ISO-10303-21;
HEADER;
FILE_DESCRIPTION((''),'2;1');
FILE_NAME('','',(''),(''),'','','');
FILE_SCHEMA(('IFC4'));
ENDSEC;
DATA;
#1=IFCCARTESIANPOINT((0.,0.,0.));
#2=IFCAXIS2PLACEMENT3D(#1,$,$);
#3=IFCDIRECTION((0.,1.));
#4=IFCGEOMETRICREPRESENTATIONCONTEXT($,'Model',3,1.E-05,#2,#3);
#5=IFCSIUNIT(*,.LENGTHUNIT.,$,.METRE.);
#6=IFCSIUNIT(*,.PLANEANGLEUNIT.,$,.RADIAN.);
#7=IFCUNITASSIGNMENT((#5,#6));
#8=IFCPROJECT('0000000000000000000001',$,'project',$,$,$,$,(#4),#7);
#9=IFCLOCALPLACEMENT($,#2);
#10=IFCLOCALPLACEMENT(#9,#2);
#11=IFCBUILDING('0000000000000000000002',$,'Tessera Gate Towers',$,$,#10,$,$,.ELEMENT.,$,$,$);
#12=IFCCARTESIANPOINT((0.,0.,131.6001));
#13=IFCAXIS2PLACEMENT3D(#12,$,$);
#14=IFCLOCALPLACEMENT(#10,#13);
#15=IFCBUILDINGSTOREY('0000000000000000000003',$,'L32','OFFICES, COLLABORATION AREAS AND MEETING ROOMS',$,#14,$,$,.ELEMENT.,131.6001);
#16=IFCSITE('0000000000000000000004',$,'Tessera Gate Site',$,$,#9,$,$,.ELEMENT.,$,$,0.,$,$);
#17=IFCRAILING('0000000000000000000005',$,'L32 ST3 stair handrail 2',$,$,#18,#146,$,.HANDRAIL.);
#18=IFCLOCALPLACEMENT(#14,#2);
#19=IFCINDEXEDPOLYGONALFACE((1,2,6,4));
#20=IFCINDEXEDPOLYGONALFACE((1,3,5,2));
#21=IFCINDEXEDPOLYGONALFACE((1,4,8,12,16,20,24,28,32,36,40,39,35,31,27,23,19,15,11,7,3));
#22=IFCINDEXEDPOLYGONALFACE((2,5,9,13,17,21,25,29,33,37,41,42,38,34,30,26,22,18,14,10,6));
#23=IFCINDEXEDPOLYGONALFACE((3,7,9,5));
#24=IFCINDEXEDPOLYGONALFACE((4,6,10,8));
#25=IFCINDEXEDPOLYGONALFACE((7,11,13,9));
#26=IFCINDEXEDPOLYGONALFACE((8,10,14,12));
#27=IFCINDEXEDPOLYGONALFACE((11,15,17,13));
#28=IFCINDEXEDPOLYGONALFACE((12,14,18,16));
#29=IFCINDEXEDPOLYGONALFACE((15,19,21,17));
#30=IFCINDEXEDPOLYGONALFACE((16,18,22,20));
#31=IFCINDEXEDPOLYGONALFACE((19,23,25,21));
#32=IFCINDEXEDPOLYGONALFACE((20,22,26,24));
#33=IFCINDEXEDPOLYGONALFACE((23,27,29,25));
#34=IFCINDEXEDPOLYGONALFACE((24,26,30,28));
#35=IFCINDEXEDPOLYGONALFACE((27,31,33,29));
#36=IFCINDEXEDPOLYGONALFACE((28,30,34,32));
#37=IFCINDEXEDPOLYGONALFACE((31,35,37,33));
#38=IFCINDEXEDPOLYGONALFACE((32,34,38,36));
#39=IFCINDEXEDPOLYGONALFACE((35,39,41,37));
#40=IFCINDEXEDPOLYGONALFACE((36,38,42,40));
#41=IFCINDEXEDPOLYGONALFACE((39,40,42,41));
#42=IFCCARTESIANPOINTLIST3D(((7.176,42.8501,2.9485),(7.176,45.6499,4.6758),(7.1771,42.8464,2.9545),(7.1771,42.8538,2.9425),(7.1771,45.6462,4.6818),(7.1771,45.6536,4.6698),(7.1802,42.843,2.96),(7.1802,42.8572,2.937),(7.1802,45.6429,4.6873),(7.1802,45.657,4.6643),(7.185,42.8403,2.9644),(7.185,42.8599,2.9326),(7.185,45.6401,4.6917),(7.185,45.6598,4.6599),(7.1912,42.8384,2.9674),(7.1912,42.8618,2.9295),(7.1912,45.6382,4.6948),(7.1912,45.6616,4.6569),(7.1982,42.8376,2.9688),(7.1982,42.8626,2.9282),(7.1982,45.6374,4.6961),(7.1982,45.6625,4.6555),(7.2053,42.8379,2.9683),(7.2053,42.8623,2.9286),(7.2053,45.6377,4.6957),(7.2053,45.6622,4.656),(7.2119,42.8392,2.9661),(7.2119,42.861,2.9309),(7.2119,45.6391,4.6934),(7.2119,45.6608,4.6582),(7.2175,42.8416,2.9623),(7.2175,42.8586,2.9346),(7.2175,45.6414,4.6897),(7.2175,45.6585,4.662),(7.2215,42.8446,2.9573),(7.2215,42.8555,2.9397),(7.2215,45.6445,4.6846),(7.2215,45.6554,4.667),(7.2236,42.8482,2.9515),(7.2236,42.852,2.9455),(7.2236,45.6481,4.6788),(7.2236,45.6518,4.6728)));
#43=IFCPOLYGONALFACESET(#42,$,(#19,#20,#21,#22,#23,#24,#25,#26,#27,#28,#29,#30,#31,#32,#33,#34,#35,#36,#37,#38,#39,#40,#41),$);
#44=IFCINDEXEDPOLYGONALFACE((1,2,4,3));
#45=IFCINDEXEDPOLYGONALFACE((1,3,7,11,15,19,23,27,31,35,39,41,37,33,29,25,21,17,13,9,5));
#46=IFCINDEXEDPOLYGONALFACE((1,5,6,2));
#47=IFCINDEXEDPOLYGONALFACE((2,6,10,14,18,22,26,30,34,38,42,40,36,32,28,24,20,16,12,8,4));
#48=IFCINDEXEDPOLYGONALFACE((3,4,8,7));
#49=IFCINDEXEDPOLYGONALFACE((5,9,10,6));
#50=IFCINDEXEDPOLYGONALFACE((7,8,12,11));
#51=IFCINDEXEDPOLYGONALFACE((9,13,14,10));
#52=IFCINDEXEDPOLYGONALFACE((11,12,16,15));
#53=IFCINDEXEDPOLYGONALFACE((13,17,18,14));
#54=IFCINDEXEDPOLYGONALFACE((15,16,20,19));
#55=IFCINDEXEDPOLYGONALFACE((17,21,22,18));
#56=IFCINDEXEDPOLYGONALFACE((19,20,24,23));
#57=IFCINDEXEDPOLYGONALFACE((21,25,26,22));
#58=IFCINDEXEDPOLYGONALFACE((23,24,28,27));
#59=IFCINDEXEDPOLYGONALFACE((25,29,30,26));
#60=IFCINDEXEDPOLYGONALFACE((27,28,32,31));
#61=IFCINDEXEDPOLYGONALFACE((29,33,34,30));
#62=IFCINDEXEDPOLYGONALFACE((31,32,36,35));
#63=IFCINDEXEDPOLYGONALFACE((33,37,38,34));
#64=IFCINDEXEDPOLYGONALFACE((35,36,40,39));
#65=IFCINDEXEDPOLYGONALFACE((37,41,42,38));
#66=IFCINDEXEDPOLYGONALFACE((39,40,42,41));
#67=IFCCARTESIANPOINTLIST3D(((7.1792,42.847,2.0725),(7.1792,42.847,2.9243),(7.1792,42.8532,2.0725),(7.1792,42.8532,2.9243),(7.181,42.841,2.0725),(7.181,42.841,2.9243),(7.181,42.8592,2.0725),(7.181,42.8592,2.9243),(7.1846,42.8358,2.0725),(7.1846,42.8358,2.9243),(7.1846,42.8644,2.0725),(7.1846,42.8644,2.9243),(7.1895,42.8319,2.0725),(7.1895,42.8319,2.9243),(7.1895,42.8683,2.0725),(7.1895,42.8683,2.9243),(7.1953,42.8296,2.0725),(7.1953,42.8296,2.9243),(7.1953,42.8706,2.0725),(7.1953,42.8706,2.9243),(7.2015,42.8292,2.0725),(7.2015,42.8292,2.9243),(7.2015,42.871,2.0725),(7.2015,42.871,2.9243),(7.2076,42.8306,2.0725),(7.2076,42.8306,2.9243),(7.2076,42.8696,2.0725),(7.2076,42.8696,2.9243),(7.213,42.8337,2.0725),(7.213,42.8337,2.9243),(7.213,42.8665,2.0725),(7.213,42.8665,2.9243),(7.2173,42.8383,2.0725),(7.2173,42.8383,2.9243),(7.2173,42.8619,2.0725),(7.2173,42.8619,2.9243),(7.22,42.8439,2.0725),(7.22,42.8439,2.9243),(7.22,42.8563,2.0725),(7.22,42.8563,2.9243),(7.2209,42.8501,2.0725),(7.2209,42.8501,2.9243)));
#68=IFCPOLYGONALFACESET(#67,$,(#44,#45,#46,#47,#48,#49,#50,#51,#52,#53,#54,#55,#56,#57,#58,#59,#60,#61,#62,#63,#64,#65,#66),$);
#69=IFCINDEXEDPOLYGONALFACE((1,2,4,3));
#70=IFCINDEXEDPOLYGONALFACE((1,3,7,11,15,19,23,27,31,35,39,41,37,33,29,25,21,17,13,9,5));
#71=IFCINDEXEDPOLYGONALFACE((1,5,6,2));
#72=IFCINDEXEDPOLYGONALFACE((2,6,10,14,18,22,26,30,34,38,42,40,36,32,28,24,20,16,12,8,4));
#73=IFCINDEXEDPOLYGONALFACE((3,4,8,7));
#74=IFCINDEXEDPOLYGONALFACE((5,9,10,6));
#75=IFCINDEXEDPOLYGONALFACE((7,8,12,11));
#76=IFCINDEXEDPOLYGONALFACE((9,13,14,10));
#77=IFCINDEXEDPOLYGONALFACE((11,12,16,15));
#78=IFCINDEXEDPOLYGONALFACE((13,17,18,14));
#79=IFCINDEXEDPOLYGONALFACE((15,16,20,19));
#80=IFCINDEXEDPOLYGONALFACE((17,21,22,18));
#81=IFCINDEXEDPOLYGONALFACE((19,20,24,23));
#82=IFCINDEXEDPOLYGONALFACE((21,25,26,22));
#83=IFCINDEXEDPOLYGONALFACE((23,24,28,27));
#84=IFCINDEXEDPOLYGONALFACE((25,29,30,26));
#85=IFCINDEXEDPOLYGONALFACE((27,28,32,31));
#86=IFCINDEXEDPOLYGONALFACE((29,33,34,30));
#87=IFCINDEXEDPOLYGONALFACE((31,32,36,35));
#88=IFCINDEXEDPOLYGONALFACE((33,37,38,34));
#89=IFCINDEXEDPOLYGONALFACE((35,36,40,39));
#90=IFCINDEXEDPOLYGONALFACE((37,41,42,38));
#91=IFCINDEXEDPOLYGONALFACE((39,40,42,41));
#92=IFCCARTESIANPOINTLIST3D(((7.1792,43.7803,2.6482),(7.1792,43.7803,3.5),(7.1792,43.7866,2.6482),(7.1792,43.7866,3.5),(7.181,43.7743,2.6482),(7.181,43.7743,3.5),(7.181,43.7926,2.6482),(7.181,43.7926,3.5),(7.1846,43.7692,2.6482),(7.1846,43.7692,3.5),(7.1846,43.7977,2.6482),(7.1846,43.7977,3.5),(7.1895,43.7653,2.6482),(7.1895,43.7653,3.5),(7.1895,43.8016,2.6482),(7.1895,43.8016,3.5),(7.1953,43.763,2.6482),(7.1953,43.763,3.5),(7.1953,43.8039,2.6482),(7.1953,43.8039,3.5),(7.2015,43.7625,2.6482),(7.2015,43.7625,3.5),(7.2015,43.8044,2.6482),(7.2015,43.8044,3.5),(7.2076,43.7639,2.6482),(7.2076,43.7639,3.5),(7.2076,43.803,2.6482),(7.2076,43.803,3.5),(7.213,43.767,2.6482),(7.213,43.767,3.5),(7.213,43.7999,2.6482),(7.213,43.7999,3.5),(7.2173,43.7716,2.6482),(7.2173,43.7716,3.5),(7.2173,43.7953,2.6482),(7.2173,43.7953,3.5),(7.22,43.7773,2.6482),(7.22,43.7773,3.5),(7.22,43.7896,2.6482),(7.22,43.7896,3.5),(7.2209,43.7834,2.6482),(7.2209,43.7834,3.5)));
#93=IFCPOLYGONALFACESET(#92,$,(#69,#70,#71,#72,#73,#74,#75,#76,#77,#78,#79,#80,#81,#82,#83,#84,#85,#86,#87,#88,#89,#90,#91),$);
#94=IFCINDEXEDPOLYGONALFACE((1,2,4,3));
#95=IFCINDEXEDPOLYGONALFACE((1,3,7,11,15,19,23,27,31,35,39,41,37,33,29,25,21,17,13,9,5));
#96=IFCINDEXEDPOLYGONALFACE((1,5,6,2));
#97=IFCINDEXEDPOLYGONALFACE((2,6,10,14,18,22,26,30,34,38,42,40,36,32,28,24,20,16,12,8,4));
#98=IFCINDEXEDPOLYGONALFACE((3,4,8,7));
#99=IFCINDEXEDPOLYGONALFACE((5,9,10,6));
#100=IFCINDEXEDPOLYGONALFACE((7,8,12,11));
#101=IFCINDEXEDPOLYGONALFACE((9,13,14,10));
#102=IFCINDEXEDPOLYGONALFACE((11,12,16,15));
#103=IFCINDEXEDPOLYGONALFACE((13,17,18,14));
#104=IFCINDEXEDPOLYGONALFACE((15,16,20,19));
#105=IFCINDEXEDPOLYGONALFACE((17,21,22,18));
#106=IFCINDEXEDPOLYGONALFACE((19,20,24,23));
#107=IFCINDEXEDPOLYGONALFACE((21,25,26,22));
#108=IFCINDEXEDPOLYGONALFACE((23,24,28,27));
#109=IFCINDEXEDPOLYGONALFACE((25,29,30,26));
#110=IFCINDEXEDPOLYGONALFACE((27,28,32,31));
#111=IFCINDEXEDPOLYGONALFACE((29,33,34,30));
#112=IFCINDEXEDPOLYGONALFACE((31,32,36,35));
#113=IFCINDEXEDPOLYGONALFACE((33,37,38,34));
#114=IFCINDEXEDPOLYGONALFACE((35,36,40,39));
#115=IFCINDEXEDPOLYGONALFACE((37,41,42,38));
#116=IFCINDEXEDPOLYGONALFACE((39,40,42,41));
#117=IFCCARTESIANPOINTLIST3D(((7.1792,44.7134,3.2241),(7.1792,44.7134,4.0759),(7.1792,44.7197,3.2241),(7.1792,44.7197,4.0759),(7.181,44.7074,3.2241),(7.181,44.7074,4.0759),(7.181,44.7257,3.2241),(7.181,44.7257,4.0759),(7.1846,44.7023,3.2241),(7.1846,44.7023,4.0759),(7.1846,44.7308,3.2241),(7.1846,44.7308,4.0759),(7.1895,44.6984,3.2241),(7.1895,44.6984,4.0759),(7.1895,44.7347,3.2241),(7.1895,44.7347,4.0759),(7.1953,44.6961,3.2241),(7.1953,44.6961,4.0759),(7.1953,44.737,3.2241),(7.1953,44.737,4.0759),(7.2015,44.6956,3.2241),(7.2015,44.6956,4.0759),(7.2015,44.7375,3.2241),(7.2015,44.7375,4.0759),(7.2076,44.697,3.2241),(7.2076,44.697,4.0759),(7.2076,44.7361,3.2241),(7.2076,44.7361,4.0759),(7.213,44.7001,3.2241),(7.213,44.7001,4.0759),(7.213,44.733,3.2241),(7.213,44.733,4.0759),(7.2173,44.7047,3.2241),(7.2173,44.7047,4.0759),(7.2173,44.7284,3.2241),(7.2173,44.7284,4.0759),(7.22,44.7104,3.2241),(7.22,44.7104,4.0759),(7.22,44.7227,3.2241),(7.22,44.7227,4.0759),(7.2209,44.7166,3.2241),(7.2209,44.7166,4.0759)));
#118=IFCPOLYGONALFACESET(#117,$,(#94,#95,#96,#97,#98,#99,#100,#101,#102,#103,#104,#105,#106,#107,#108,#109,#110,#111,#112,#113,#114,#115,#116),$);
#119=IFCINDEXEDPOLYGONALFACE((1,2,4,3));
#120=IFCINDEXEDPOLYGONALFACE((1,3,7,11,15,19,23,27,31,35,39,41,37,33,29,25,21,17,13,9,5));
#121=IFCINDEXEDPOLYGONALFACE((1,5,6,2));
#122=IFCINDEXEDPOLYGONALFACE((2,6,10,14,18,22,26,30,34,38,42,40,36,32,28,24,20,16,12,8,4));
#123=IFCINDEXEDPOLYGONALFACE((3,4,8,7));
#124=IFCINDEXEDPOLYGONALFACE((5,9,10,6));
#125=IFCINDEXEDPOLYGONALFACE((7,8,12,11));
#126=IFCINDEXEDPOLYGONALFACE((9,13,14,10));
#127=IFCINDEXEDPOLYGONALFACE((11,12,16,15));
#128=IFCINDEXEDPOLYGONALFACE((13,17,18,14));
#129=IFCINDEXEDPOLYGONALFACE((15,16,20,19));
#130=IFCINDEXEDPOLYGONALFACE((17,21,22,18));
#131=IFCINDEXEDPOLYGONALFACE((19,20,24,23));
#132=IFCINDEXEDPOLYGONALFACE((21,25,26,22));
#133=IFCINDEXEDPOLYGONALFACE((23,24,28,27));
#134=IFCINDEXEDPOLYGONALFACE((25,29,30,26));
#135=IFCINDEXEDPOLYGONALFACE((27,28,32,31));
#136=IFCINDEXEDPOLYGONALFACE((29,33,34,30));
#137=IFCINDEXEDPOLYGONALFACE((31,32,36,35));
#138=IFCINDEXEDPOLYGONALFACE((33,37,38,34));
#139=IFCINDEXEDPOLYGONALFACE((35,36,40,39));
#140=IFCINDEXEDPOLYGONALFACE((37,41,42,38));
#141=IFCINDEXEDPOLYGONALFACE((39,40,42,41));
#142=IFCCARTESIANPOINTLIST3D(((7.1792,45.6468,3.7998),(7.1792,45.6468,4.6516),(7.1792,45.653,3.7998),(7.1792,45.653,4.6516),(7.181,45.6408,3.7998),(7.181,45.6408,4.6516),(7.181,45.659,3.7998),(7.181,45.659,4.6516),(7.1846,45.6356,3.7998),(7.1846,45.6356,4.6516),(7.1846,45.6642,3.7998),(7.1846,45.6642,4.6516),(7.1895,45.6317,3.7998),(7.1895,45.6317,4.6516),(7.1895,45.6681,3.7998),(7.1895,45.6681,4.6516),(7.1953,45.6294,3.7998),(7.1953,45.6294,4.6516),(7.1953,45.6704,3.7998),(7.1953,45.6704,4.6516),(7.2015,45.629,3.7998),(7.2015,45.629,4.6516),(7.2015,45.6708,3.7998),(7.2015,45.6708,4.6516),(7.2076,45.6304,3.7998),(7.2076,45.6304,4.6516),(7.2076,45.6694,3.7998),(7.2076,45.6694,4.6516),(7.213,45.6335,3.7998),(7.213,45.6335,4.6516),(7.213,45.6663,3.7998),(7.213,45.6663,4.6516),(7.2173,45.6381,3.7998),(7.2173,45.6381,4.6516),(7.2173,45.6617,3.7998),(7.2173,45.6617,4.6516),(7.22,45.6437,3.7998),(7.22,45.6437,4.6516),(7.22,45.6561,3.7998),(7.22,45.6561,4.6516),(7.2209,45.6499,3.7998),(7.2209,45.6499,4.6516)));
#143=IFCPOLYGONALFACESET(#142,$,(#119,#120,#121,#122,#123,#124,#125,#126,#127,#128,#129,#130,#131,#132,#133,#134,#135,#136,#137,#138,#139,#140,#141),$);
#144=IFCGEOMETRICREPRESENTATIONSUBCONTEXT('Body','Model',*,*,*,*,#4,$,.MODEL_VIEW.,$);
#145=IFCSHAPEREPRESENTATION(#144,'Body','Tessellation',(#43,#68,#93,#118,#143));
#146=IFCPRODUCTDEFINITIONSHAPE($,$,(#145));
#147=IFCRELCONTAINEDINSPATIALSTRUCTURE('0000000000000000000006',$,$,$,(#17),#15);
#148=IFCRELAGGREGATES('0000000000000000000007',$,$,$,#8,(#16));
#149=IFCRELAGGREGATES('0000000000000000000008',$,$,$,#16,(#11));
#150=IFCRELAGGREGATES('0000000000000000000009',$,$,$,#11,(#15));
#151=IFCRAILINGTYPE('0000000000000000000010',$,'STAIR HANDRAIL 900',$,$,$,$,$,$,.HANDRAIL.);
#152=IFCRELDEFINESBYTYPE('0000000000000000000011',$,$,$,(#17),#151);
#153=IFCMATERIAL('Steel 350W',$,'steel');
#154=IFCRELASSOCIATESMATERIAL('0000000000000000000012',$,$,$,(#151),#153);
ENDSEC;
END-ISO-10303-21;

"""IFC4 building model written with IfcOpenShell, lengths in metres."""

from ifc_helpers import new_model, si_unit, direction, frame, origin, origin_2d, place, context, subcontext, project, spatial, circle, extrude, material, type_object, element, save


model = new_model("IFC4")

# Units and contexts
model_context = context("Model", 3, precision=1e-05, world=origin(), true_north=direction((0.0, 1.0)))
body_context = subcontext(model_context, "Body", "Model", "MODEL_VIEW")
ifc_project = project(units=[si_unit("LENGTHUNIT", "METRE"), si_unit("PLANEANGLEUNIT", "RADIAN")], contexts=[model_context])

# Site, building, storey
site_placement = place(None, origin())
site = spatial("IfcSite", under=ifc_project, at=site_placement, Name="Tessera Gate Site", CompositionType="ELEMENT", RefElevation=0.0)
building_placement = place(site_placement, origin())
building = spatial("IfcBuilding", under=site, at=building_placement, Name="Tessera Gate Towers", CompositionType="ELEMENT")
storey_placement = place(building_placement, frame((0.0, 0.0, 131.6001)))
storey = spatial("IfcBuildingStorey", under=building, at=storey_placement, Name="L32", Description="OFFICES, COLLABORATION AREAS AND MEETING ROOMS", CompositionType="ELEMENT", Elevation=131.6001)

# Railing
ifc_material_1 = material(Name="Steel 350W", Category="steel")
railing_type = type_object("IfcRailingType", Name="STAIR HANDRAIL 900", PredefinedType="HANDRAIL", material=ifc_material_1)
railing_placement = place(storey_placement, frame((7.2, 42.8501, 2.0725)))
element("IfcRailing", 1, at=railing_placement, inside=storey, type_object=railing_type, Name="L32 ST3 stair handrail 2", PredefinedType="HANDRAIL", context=body_context, shape_type="SweptSolid", body=[
    extrude(circle(Radius=0.0239, at=origin_2d()), frame((0.0, 0.0, 0.876), z_axis=(0.0, 0.851069, 0.525054), x_axis=(-1.0, 0.0, 0.0)), (0.0, 0.0, 1.0), 3.2898),
    extrude(circle(Radius=0.021, at=origin_2d()), origin(), (0.0, 0.0, 1.0), 0.8518),
    extrude(circle(Radius=0.021, at=origin_2d()), frame((0.0, 0.9333, 0.5757)), (0.0, 0.0, 1.0), 0.8518),
    extrude(circle(Radius=0.021, at=origin_2d()), frame((0.0, 1.8665, 1.1516)), (0.0, 0.0, 1.0), 0.8518),
    extrude(circle(Radius=0.021, at=origin_2d()), frame((0.0, 2.7998, 1.7273)), (0.0, 0.0, 1.0), 0.8518),
])

save(model, "model.ifc")
